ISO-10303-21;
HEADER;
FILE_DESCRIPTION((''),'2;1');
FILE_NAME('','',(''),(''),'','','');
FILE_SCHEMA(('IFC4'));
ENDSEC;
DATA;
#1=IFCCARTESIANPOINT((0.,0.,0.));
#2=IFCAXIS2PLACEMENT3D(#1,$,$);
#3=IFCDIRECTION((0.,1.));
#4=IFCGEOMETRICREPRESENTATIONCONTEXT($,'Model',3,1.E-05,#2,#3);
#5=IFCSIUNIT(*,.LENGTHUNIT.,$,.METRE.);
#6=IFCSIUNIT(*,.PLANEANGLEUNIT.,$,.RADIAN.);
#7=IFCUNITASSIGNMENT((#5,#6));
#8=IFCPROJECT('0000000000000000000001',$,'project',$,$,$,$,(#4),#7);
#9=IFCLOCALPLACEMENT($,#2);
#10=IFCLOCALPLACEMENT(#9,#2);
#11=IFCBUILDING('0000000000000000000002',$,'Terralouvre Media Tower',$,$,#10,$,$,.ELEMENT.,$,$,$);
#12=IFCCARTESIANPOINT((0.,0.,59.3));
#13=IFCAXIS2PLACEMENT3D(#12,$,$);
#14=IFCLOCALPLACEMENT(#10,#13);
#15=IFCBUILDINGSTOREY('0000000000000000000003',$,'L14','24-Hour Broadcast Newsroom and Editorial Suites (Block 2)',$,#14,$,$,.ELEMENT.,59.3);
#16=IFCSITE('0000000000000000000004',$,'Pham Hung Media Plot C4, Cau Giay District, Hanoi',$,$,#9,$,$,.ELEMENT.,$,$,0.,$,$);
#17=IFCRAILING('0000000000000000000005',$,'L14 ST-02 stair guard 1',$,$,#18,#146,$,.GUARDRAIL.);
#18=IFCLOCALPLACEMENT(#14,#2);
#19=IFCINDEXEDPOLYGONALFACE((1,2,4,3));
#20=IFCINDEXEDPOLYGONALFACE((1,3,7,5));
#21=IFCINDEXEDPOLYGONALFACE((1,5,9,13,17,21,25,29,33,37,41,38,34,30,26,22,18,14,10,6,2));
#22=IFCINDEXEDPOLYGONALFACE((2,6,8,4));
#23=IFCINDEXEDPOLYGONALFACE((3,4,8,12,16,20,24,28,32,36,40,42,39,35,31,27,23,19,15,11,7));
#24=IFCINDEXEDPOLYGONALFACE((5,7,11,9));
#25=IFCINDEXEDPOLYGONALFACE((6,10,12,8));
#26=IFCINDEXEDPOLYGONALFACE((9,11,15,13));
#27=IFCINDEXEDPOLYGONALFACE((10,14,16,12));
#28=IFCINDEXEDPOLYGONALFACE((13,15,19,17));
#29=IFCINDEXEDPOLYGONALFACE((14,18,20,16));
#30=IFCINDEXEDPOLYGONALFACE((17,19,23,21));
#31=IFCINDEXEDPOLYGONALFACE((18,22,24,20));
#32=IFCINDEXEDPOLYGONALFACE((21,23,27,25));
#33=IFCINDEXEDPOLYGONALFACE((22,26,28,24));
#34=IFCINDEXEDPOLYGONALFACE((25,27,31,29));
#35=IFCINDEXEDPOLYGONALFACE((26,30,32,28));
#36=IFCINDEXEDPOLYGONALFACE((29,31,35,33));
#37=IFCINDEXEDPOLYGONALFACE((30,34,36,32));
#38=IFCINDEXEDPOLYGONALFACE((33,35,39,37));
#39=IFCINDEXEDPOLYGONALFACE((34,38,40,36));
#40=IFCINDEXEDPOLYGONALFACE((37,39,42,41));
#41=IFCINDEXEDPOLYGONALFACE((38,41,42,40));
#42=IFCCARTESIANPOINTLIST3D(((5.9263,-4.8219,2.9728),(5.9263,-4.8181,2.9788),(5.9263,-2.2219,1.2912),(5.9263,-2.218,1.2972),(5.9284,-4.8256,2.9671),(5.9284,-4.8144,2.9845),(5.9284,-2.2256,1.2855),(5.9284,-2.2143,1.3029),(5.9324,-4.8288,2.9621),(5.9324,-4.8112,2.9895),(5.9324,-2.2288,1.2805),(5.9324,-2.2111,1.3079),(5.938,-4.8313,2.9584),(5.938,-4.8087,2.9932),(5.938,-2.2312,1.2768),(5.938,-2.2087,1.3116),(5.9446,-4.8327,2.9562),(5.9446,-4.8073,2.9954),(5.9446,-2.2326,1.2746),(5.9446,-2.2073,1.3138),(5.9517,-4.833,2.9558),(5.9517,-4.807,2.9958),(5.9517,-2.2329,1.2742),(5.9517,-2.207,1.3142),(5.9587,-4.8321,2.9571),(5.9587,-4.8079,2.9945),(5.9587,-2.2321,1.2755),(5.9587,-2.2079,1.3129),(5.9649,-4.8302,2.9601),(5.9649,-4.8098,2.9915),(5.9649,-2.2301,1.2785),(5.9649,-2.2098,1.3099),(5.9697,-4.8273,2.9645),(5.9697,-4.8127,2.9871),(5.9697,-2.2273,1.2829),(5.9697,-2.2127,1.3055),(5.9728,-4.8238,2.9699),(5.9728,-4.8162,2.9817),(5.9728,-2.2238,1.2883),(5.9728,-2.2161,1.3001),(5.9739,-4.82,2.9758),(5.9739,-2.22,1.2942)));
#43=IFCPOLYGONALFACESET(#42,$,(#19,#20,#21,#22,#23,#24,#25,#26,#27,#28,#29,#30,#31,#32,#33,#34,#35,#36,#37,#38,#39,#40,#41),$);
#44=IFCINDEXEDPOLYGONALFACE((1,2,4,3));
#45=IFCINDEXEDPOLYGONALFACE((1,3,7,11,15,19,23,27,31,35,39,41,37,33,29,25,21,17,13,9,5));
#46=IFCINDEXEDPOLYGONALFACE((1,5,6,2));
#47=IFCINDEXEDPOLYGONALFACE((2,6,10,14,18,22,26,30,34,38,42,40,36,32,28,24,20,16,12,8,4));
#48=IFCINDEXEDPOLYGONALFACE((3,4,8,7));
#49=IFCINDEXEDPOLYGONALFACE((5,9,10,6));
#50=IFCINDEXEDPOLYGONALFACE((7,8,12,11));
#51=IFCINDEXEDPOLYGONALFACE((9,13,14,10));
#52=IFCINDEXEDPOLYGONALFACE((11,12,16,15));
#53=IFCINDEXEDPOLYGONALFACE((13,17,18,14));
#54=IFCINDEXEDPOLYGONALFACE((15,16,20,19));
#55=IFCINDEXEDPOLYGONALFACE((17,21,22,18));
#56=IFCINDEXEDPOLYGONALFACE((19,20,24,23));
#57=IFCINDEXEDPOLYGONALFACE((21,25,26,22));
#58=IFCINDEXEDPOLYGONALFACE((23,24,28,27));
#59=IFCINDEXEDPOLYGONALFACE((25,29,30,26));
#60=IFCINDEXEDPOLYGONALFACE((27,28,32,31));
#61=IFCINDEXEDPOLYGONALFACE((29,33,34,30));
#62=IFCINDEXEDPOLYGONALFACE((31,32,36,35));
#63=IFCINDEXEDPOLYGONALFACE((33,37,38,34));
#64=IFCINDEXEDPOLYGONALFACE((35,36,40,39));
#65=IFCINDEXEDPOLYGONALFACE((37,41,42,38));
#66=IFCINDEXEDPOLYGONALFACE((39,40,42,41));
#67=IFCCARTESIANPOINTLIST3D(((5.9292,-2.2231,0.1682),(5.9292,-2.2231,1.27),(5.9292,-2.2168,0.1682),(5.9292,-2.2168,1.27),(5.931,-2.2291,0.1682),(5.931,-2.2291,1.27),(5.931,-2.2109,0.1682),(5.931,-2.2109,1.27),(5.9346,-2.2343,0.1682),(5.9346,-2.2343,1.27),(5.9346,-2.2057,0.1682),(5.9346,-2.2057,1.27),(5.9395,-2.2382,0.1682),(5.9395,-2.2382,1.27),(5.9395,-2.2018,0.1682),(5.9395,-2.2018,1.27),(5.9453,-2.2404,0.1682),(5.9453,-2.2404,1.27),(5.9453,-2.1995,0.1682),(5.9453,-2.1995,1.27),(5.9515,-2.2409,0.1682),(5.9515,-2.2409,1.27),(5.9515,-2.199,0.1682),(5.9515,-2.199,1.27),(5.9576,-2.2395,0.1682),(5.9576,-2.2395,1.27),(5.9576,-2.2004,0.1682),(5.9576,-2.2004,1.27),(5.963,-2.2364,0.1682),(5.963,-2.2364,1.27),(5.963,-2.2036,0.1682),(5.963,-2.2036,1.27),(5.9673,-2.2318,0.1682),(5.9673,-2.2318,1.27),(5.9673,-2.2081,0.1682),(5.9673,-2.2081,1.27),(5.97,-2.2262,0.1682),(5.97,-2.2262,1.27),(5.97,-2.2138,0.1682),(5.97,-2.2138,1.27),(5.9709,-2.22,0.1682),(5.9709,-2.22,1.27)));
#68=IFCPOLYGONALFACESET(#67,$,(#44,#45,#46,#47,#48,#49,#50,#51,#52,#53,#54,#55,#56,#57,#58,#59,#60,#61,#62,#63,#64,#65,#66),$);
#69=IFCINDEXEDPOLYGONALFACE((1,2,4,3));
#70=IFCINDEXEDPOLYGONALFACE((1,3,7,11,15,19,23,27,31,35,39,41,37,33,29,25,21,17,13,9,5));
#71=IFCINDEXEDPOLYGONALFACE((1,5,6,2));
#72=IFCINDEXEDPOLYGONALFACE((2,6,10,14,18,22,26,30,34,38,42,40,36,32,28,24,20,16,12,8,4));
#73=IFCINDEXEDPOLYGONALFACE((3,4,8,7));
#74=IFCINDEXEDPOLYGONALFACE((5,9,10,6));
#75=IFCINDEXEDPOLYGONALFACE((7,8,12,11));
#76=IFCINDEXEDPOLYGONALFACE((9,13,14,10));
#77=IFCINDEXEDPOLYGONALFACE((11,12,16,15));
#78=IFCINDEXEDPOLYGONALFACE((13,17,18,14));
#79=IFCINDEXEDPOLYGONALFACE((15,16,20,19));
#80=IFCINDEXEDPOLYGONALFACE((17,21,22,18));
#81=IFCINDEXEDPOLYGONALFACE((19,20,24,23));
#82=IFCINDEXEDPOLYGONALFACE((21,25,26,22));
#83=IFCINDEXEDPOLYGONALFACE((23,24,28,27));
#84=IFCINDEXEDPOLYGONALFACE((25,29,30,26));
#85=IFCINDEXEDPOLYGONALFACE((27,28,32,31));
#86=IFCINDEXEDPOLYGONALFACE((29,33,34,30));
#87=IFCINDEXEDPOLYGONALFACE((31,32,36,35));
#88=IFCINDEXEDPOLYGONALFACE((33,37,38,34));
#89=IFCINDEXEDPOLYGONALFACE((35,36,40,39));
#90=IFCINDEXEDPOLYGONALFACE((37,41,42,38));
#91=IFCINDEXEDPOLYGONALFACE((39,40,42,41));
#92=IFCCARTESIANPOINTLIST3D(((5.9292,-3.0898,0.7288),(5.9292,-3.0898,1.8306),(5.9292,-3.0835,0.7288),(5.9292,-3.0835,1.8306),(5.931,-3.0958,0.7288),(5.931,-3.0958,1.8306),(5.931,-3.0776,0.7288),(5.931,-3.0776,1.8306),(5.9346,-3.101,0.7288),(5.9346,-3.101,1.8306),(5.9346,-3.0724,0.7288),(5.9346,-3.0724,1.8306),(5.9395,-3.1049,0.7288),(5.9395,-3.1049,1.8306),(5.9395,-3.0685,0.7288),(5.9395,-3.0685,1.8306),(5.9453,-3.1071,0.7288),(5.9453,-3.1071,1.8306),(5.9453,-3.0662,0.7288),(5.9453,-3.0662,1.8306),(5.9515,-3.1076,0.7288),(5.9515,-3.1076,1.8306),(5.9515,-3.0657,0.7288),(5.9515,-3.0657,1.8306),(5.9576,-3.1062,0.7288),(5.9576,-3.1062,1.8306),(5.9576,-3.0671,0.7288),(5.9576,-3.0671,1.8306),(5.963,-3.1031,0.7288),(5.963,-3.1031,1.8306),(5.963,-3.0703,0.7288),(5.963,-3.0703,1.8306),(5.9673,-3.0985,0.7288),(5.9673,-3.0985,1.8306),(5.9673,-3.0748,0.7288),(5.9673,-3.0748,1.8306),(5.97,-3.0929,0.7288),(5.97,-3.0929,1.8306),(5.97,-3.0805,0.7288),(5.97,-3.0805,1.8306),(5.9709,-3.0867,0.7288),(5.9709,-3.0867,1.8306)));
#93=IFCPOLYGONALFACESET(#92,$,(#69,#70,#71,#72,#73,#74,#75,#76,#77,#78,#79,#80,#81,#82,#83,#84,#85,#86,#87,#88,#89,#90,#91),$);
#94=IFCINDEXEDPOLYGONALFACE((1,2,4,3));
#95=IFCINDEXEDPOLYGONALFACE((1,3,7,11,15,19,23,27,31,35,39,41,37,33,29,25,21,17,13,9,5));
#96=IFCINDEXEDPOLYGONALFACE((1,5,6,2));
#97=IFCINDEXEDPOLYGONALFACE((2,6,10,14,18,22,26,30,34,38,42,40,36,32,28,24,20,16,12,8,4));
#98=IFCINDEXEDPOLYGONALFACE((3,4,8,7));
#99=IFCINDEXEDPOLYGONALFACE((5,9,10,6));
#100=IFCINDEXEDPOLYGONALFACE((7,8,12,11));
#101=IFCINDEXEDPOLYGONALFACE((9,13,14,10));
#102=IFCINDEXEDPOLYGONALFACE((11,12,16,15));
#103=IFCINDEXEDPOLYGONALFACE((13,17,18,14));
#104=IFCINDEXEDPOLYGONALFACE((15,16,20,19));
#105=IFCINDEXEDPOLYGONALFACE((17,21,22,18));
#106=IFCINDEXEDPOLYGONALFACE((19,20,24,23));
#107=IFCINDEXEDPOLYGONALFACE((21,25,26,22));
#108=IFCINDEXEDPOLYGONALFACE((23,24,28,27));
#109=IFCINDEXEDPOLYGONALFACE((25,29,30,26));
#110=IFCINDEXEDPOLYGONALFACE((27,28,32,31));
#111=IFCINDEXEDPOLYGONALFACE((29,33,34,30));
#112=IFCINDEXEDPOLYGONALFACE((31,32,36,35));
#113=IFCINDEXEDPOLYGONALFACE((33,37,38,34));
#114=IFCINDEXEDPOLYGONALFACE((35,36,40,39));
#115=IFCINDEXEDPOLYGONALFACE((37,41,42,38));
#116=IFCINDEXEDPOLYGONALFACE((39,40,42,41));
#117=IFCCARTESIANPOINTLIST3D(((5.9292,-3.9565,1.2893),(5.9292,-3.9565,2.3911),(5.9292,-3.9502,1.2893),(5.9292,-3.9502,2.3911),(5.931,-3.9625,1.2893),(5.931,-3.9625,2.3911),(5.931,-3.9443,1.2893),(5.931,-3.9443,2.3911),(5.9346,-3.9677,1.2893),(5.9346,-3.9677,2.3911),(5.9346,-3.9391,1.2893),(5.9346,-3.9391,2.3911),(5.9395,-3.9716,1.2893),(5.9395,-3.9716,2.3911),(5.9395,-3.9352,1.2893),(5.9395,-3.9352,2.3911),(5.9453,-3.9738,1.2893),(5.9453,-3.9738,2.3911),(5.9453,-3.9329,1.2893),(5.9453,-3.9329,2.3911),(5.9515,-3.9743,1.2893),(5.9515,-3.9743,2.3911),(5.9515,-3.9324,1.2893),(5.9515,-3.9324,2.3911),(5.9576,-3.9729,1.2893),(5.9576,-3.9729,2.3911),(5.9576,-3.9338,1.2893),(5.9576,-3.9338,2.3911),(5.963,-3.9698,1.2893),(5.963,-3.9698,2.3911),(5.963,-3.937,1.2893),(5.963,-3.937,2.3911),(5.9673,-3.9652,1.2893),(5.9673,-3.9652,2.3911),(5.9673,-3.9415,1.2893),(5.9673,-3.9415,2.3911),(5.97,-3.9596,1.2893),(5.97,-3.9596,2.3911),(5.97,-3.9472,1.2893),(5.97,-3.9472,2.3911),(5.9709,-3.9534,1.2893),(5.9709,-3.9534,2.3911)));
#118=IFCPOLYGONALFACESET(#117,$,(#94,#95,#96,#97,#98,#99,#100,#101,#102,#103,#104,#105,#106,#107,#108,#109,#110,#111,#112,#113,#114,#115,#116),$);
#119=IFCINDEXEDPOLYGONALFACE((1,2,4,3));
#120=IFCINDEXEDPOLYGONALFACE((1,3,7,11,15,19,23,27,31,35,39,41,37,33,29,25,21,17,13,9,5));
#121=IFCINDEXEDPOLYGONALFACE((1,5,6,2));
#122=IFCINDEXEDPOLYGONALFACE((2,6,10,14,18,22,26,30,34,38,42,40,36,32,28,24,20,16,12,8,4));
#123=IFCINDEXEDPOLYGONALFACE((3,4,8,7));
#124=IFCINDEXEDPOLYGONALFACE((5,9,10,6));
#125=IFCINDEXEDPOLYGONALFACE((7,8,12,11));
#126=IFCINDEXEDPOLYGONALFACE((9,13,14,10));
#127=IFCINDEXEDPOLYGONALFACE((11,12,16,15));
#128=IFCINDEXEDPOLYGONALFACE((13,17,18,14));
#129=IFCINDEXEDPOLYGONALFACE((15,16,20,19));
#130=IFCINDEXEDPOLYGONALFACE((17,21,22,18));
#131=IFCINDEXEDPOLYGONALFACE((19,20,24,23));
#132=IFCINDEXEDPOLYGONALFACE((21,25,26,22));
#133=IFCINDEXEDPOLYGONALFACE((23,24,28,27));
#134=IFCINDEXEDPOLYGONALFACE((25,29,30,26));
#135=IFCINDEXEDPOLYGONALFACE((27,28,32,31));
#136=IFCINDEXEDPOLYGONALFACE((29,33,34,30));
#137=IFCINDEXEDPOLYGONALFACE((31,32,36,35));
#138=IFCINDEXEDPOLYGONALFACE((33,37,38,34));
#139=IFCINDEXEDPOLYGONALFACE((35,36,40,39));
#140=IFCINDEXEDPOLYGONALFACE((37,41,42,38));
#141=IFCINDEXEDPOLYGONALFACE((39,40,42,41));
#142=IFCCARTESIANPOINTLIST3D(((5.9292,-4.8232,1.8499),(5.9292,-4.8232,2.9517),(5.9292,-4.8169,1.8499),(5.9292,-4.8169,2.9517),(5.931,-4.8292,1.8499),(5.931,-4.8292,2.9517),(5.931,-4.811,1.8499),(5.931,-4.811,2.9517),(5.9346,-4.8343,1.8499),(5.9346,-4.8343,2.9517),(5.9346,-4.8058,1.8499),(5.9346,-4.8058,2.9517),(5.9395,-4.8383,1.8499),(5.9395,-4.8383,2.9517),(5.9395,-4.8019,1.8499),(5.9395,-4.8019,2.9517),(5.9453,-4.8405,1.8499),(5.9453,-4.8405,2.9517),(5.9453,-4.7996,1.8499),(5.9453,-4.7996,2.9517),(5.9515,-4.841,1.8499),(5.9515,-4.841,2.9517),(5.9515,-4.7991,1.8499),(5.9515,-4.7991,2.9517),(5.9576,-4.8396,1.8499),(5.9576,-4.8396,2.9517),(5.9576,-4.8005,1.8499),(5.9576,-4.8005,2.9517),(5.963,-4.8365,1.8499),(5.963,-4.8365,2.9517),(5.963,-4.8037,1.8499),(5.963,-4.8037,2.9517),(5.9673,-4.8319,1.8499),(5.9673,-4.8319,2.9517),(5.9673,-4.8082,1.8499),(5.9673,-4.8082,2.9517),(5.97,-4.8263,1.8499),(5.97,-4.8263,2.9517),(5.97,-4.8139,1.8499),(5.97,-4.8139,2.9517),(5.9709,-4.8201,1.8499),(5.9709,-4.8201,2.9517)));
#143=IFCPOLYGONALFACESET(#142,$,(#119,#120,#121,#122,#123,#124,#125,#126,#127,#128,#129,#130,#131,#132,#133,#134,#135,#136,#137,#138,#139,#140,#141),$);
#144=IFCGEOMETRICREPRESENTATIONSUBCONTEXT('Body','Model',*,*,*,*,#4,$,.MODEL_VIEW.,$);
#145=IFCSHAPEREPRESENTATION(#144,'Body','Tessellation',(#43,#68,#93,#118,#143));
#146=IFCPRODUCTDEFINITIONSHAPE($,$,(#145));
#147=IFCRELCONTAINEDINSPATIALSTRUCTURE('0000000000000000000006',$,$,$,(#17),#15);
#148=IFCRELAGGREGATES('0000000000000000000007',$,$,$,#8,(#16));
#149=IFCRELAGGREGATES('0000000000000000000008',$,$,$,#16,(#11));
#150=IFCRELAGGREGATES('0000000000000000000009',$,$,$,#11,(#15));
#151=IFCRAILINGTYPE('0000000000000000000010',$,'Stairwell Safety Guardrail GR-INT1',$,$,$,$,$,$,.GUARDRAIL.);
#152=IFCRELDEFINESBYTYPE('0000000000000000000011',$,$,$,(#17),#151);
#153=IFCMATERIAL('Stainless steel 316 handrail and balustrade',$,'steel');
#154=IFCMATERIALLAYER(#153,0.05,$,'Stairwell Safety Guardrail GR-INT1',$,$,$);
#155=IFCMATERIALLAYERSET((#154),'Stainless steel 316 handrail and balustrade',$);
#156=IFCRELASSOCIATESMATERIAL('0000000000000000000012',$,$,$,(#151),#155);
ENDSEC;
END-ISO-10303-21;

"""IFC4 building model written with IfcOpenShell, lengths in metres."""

from ifc_helpers import new_model, si_unit, direction, frame, origin, origin_2d, place, context, subcontext, project, spatial, circle, extrude, material, layer, layer_set, type_object, element, save


model = new_model("IFC4")

# Units and contexts
model_context = context("Model", 3, precision=1e-05, world=origin(), true_north=direction((0.0, 1.0)))
body_context = subcontext(model_context, "Body", "Model", "MODEL_VIEW")
ifc_project = project(units=[si_unit("LENGTHUNIT", "METRE"), si_unit("PLANEANGLEUNIT", "RADIAN")], contexts=[model_context])

# Site, building, storey
site_placement = place(None, origin())
site = spatial("IfcSite", under=ifc_project, at=site_placement, Name="Pham Hung Media Plot C4, Cau Giay District, Hanoi", CompositionType="ELEMENT", RefElevation=0.0)
building_placement = place(site_placement, origin())
building = spatial("IfcBuilding", under=site, at=building_placement, Name="Terralouvre Media Tower", CompositionType="ELEMENT")
storey_placement = place(building_placement, frame((0.0, 0.0, 59.3)))
storey = spatial("IfcBuildingStorey", under=building, at=storey_placement, Name="L14", Description="24-Hour Broadcast Newsroom and Editorial Suites (Block 2)", CompositionType="ELEMENT", Elevation=59.3)

# Railing
ifc_material_1 = material(Name="Stainless steel 316 handrail and balustrade", Category="steel")
ifc_layer_1 = layer(ifc_material_1, 0.05, Name="Stairwell Safety Guardrail GR-INT1")
ifc_layer_set_1 = layer_set([ifc_layer_1], Name="Stainless steel 316 handrail and balustrade")
railing_type_1 = type_object("IfcRailingType", Name="Stairwell Safety Guardrail GR-INT1", PredefinedType="GUARDRAIL", material=ifc_layer_set_1)
railing_1_placement = place(storey_placement, frame((5.95, -2.22, 0.1682)))
element("IfcRailing", 1, at=railing_1_placement, inside=storey, type_object=railing_type_1, Name="L14 ST-02 stair guard 1", PredefinedType="GUARDRAIL", context=body_context, shape_type="SweptSolid", body=[
    extrude(circle(Radius=0.0239, at=origin_2d()), frame((0.0, 0.0, 1.126), z_axis=(0.0, -0.839684, 0.543075), x_axis=(1.0, 0.0, 0.0)), (0.0, 0.0, 1.0), 3.0964),
    extrude(circle(Radius=0.021, at=origin_2d()), origin(), (0.0, 0.0, 1.0), 1.1018),
    extrude(circle(Radius=0.021, at=origin_2d()), frame((0.0, -0.8667, 0.5605)), (0.0, 0.0, 1.0), 1.1018),
    extrude(circle(Radius=0.021, at=origin_2d()), frame((0.0, -1.7334, 1.1211)), (0.0, 0.0, 1.0), 1.1018),
    extrude(circle(Radius=0.021, at=origin_2d()), frame((0.0, -2.6001, 1.6816)), (0.0, 0.0, 1.0), 1.1018),
])

save(model, "model.ifc")
